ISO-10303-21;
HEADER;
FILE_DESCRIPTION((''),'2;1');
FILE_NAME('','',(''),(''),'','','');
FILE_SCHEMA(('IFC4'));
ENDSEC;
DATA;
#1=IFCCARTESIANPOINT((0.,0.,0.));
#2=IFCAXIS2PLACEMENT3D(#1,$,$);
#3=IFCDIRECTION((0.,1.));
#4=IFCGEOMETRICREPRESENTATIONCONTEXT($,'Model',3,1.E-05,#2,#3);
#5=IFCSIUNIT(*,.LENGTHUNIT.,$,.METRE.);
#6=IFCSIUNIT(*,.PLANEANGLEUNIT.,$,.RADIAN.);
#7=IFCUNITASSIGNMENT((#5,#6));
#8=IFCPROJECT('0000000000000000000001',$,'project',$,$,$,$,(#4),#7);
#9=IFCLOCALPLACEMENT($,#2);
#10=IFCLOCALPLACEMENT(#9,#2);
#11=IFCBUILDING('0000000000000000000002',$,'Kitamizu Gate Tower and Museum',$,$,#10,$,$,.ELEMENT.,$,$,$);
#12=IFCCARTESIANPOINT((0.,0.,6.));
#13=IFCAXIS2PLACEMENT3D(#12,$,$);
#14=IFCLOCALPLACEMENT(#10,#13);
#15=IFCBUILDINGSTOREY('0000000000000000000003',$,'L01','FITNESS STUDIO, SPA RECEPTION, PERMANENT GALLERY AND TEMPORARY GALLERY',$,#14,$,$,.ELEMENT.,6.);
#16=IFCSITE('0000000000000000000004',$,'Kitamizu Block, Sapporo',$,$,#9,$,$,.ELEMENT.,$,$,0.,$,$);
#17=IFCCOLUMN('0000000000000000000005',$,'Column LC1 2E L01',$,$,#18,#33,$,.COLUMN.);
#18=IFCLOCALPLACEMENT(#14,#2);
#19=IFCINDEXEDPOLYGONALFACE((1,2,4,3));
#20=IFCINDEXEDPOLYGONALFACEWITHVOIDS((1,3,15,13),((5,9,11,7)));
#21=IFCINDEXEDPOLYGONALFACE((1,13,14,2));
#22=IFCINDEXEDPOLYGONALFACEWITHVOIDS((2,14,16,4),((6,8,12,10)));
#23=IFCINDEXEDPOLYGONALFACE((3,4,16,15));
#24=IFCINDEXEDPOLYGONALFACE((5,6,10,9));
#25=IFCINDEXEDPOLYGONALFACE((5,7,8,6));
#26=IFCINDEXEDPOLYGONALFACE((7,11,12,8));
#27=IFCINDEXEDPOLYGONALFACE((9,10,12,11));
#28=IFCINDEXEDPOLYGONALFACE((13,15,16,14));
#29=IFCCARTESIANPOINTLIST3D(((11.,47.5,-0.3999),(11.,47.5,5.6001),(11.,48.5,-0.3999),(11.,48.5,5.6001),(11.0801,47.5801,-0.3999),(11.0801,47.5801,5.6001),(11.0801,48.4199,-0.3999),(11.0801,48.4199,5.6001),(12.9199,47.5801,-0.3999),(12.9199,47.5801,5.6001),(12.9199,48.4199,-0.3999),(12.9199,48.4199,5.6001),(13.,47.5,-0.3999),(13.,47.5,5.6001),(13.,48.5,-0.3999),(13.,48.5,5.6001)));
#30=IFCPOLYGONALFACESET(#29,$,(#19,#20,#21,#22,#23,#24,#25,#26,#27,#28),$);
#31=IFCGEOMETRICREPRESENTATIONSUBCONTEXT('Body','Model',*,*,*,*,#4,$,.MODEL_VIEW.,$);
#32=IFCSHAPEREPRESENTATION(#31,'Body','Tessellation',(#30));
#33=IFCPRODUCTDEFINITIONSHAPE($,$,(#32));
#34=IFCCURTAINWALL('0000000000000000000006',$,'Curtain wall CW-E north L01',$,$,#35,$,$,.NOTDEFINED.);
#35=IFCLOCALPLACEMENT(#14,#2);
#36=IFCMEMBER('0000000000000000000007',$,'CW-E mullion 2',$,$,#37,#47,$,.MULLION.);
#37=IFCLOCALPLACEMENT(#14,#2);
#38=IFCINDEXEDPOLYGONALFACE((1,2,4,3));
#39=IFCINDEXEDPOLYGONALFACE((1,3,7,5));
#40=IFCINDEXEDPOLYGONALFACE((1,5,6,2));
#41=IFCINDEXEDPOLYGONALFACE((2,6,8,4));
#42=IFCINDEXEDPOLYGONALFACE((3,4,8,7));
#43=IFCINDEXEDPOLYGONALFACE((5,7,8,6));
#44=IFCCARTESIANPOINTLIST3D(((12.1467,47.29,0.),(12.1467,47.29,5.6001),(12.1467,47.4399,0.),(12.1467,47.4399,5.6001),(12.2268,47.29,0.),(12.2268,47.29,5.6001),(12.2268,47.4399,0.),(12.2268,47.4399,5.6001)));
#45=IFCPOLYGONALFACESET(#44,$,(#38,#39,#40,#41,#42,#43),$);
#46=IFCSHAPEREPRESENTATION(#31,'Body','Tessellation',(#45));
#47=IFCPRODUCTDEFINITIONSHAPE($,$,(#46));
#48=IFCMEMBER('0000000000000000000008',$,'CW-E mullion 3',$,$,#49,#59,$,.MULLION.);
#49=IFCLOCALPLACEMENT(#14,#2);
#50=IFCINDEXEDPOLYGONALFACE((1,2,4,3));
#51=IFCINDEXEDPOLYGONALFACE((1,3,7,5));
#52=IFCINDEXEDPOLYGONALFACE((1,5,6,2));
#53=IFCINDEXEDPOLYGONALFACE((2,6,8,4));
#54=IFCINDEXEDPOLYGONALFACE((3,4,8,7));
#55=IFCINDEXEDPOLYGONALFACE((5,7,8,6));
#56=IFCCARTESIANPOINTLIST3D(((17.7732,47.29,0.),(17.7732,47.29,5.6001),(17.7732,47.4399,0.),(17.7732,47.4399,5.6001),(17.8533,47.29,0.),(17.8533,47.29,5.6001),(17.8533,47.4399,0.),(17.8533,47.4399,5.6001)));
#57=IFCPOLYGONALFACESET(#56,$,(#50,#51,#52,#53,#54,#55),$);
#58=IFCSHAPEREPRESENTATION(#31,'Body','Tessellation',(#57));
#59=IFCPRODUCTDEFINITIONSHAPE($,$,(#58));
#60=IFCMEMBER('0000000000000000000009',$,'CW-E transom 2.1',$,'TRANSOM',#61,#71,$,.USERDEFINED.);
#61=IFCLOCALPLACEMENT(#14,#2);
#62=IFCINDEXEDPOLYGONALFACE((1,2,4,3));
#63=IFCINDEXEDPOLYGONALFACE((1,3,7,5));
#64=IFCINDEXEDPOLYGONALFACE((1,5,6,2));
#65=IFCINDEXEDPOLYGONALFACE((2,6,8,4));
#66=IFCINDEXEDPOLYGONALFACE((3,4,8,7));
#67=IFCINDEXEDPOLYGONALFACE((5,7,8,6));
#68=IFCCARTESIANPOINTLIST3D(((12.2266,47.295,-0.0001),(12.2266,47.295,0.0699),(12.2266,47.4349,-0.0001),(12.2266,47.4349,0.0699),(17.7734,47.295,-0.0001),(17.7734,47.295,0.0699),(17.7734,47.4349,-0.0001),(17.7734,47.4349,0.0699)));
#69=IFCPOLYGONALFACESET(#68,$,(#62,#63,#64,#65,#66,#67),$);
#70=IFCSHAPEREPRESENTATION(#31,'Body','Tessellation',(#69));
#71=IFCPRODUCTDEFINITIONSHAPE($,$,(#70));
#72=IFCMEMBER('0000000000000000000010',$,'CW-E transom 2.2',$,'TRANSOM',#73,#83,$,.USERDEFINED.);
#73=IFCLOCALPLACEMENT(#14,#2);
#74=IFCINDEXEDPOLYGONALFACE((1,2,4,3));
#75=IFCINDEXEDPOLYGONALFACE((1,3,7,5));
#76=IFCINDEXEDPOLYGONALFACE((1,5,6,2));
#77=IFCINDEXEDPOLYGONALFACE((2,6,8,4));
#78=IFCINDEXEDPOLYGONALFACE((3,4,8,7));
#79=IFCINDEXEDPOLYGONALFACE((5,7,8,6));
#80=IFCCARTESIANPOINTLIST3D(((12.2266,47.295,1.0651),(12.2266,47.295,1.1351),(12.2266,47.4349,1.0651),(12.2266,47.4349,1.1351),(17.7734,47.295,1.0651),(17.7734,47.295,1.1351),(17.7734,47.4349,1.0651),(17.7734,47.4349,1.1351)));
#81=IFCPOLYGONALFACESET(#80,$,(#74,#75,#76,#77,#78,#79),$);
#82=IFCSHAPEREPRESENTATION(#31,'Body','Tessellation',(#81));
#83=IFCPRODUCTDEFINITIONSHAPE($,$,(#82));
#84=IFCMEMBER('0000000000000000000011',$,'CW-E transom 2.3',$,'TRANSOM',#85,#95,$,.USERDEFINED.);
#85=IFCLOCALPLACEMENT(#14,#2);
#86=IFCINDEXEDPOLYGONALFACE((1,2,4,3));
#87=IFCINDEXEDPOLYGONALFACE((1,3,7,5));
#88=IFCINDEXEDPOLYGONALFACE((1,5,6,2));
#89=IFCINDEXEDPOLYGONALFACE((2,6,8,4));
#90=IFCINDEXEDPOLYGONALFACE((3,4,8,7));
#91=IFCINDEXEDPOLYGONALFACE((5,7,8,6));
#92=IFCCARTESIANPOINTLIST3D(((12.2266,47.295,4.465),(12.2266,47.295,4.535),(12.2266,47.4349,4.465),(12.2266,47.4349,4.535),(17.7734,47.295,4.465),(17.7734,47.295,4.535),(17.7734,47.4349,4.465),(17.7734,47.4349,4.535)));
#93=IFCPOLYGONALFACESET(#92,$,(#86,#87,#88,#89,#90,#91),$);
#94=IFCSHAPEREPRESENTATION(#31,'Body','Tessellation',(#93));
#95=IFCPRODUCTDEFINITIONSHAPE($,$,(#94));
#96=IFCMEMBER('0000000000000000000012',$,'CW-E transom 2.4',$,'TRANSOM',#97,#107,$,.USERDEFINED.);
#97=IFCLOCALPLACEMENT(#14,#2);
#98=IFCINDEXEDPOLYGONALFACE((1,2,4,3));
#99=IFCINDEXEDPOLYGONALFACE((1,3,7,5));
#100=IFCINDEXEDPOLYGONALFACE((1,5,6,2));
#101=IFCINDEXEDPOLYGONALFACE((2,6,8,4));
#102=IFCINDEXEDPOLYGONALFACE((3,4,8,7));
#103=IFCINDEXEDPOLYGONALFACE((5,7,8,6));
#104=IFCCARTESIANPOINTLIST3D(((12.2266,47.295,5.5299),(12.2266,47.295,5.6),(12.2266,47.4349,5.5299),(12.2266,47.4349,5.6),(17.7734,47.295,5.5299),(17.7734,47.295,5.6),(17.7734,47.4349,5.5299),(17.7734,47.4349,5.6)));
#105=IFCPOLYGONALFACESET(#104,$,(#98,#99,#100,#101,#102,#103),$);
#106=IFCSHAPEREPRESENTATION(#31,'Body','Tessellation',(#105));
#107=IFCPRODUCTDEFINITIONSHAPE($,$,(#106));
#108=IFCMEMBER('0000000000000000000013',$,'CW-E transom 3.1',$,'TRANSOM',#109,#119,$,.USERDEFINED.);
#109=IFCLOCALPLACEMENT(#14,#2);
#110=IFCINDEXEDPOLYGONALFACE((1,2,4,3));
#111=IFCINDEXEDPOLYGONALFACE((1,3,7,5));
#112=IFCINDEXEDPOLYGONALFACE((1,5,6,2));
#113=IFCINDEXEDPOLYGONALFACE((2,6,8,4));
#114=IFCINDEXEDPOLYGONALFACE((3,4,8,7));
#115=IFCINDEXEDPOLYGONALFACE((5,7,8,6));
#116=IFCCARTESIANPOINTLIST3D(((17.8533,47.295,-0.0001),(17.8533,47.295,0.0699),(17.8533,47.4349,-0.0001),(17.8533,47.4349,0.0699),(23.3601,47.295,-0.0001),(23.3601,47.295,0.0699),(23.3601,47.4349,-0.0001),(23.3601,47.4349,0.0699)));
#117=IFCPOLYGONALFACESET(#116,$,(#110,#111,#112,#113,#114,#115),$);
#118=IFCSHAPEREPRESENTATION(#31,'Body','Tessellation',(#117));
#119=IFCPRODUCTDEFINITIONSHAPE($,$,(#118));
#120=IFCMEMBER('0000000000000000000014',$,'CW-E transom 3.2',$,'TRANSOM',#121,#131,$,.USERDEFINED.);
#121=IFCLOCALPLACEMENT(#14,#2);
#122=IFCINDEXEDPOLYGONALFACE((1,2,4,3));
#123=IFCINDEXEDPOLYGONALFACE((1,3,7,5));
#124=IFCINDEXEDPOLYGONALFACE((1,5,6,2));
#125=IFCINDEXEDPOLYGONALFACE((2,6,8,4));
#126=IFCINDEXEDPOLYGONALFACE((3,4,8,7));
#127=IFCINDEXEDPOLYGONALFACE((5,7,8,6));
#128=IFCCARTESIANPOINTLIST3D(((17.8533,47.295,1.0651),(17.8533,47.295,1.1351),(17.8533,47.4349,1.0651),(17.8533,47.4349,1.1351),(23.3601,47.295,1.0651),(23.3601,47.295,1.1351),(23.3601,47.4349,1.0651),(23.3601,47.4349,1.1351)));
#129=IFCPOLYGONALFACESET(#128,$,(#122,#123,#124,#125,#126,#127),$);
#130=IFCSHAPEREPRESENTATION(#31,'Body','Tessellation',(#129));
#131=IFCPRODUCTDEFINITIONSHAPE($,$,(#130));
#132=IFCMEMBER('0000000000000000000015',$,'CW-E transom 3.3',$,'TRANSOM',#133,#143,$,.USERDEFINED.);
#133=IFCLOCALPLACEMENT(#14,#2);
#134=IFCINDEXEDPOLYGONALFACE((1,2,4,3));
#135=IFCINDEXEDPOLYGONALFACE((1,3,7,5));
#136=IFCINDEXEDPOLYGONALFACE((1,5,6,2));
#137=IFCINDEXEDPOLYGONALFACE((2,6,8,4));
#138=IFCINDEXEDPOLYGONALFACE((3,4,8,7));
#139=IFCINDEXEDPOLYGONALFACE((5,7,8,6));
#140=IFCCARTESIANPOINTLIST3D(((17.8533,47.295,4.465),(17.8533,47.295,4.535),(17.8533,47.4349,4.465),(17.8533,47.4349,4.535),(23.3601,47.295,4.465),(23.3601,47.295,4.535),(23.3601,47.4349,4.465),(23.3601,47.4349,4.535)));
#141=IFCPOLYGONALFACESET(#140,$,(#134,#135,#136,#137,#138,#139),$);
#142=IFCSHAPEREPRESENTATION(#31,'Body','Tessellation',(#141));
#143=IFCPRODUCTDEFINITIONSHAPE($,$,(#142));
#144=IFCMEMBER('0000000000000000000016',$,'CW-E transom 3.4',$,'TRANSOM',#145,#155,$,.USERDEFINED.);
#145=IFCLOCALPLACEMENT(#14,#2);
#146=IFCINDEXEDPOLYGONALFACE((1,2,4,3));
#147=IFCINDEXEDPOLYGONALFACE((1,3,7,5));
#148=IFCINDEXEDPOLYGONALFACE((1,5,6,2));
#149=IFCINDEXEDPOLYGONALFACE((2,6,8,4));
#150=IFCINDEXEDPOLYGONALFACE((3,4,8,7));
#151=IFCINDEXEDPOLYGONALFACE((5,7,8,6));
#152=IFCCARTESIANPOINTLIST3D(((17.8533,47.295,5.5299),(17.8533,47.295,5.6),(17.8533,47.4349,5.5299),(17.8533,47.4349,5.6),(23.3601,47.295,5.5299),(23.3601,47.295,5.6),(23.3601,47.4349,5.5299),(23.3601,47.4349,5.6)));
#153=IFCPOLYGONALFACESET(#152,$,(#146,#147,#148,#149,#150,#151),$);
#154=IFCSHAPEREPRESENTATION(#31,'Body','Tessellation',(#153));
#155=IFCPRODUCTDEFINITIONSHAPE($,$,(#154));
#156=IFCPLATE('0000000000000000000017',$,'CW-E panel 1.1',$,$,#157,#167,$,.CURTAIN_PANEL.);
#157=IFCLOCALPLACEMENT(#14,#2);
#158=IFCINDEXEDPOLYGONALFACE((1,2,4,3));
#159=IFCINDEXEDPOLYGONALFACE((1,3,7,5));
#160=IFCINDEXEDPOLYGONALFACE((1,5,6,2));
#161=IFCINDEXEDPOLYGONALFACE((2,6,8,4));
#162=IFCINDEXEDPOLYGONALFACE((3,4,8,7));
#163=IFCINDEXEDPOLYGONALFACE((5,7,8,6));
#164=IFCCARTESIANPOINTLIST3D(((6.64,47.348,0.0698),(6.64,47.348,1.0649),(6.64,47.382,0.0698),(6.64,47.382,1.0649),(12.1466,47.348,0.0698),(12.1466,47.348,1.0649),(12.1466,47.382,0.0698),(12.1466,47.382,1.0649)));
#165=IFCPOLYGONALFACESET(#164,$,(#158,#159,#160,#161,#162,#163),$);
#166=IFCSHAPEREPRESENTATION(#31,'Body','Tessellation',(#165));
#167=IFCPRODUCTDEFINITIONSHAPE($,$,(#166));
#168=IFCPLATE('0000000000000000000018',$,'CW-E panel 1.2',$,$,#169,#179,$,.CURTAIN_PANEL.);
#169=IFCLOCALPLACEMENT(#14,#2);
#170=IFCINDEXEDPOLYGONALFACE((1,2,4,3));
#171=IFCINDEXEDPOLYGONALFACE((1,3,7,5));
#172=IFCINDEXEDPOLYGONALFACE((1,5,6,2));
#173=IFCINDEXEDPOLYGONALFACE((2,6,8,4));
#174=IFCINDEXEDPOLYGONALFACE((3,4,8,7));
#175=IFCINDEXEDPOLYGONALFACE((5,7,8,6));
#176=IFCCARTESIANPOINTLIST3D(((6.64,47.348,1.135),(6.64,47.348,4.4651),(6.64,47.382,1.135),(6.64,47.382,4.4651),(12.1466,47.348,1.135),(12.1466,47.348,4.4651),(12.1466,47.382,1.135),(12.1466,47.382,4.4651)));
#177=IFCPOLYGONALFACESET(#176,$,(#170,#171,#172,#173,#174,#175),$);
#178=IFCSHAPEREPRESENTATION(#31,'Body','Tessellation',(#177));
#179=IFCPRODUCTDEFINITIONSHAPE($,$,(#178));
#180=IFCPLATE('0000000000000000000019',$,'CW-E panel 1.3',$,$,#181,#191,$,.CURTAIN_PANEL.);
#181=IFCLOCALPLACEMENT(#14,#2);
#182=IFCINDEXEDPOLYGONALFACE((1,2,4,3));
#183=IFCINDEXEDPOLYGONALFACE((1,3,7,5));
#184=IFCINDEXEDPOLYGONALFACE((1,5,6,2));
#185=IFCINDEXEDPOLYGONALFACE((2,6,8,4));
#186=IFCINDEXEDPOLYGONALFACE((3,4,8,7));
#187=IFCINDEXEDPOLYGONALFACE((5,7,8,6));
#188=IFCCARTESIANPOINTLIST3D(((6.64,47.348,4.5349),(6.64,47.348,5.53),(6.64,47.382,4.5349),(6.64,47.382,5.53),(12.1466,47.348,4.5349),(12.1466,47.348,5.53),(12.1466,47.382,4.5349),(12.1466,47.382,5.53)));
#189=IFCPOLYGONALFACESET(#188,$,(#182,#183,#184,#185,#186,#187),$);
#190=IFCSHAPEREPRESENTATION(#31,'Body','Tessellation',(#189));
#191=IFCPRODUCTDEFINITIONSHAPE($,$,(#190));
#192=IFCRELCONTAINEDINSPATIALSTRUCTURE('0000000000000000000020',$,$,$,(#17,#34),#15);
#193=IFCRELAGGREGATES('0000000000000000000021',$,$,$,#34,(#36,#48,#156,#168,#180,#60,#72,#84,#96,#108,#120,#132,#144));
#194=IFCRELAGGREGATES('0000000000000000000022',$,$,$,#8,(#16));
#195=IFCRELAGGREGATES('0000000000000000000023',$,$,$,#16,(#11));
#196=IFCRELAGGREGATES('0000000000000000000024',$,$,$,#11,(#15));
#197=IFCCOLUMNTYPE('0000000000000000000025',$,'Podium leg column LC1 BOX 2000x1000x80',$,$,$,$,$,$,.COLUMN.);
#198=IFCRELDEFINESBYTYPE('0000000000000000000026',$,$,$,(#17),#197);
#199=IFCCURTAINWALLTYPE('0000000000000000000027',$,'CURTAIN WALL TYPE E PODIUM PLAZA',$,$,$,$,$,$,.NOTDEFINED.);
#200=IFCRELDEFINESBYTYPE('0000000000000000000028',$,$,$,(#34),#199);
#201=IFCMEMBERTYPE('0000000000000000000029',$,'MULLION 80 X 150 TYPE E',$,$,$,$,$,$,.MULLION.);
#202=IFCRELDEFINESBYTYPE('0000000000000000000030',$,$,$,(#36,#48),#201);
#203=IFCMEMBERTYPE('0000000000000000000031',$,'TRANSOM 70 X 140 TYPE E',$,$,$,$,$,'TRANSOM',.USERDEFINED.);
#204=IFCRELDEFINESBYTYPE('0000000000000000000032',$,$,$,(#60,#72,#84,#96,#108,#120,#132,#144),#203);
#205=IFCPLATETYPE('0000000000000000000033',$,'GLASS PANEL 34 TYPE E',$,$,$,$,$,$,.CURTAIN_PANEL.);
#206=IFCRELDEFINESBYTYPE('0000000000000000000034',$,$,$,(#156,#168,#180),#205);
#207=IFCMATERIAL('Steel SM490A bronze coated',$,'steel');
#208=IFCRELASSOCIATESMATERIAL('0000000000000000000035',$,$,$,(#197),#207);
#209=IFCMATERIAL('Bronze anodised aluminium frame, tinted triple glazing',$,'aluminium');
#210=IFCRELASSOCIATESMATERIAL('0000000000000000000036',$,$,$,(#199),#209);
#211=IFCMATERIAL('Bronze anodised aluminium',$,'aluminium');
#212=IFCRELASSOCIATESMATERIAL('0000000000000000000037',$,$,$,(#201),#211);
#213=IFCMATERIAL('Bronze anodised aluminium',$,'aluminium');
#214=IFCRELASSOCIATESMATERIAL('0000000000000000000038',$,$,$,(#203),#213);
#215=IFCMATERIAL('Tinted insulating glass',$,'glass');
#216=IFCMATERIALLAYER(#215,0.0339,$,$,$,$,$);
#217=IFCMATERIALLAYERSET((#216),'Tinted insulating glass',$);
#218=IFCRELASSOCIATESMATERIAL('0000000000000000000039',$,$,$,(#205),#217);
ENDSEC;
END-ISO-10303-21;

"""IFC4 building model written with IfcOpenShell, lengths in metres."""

from ifc_helpers import new_model, si_unit, direction, frame, origin, origin_2d, place, context, subcontext, project, spatial, rectangle, hollow_rectangle, extrude, material, layer, layer_set, material_profile, profile_set, type_object, element, aggregate, save


model = new_model("IFC4")

# Units and contexts
model_context = context("Model", 3, precision=1e-05, world=origin(), true_north=direction((0.0, 1.0)))
body_context = subcontext(model_context, "Body", "Model", "MODEL_VIEW")
ifc_project = project(units=[si_unit("LENGTHUNIT", "METRE"), si_unit("PLANEANGLEUNIT", "RADIAN")], contexts=[model_context])

# Site, building, storey
site_placement = place(None, origin())
site = spatial("IfcSite", under=ifc_project, at=site_placement, Name="Kitamizu Block, Sapporo", CompositionType="ELEMENT", RefElevation=0.0)
building_placement = place(site_placement, origin())
building = spatial("IfcBuilding", under=site, at=building_placement, Name="Kitamizu Gate Tower and Museum", CompositionType="ELEMENT")
storey_placement = place(building_placement, frame((0.0, 0.0, 6.0)))
storey = spatial("IfcBuildingStorey", under=building, at=storey_placement, Name="L01", Description="FITNESS STUDIO, SPA RECEPTION, PERMANENT GALLERY AND TEMPORARY GALLERY", CompositionType="ELEMENT", Elevation=6.0)

# Column
ifc_material_1 = material(Name="Steel SM490A bronze coated", Category="steel")
ifc_material_profile_1 = material_profile(ifc_material_1, hollow_rectangle(XDim=2.0, YDim=1.0, WallThickness=0.0801, at=origin_2d()), Name="BOX 2000x1000x80")
ifc_profile_set_1 = profile_set([ifc_material_profile_1], Name="Steel SM490A bronze coated")
column_type = type_object("IfcColumnType", Name="Podium leg column LC1 BOX 2000x1000x80", PredefinedType="COLUMN", material=ifc_profile_set_1)
column_placement = place(storey_placement, frame((12.0, 48.0, -0.3999), z_axis=(0.0, 0.0, 1.0), x_axis=(1.0, 0.0, 0.0)))
element("IfcColumn", 1, at=column_placement, inside=storey, type_object=column_type, Name="Column LC1 2E L01", PredefinedType="COLUMN", context=body_context, shape_type="SweptSolid", body=[
    extrude(hollow_rectangle(XDim=2.0, YDim=1.0, WallThickness=0.0801, at=origin_2d()), origin(), (0.0, 0.0, 1.0), 6.0),
])

# Curtain wall, members, plates
ifc_material_2 = material(Name="Bronze anodised aluminium frame, tinted triple glazing", Category="aluminium")
curtain_wall_type = type_object("IfcCurtainWallType", Name="CURTAIN WALL TYPE E PODIUM PLAZA", PredefinedType="NOTDEFINED", material=ifc_material_2)
curtain_wall_placement = place(storey_placement, origin())
curtain_wall = element("IfcCurtainWall", 2, at=curtain_wall_placement, inside=storey, type_object=curtain_wall_type, Name="Curtain wall CW-E north L01", PredefinedType="NOTDEFINED")
ifc_material_3 = material(Name="Bronze anodised aluminium", Category="aluminium")
ifc_material_profile_2 = material_profile(ifc_material_3, rectangle(XDim=0.0801, YDim=0.1499, at=origin_2d()), Name="AL 80X150")
ifc_profile_set_2 = profile_set([ifc_material_profile_2], Name="Bronze anodised aluminium")
member_type_1 = type_object("IfcMemberType", Name="MULLION 80 X 150 TYPE E", PredefinedType="MULLION", material=ifc_profile_set_2)
member_1_placement = place(storey_placement, frame((12.1868, 47.365, 0.0), z_axis=(0.0, 0.0, 1.0), x_axis=(1.0, 0.0, 0.0)))
member_1 = element("IfcMember", 3, at=member_1_placement, type_object=member_type_1, Name="CW-E mullion 2", PredefinedType="MULLION", context=body_context, shape_type="SweptSolid", body=[
    extrude(rectangle(XDim=0.0801, YDim=0.1499, at=origin_2d()), origin(), (0.0, 0.0, 1.0), 5.6001),
])
member_2_placement = place(storey_placement, frame((17.8132, 47.365, 0.0), z_axis=(0.0, 0.0, 1.0), x_axis=(1.0, 0.0, 0.0)))
member_2 = element("IfcMember", 4, at=member_2_placement, type_object=member_type_1, Name="CW-E mullion 3", PredefinedType="MULLION", context=body_context, shape_type="SweptSolid", body=[
    extrude(rectangle(XDim=0.0801, YDim=0.1499, at=origin_2d()), origin(), (0.0, 0.0, 1.0), 5.6001),
])
ifc_material_4 = material(Name="Bronze anodised aluminium", Category="aluminium")
ifc_material_profile_3 = material_profile(ifc_material_4, rectangle(XDim=0.1399, YDim=0.0701, at=origin_2d()), Name="AL 70X140")
ifc_profile_set_3 = profile_set([ifc_material_profile_3], Name="Bronze anodised aluminium")
member_type_2 = type_object("IfcMemberType", Name="TRANSOM 70 X 140 TYPE E", ElementType="TRANSOM", PredefinedType="USERDEFINED", material=ifc_profile_set_3)
member_3_placement = place(storey_placement, frame((12.2266, 47.365, 0.0349), z_axis=(1.0, 0.0, 0.0), x_axis=(0.0, 1.0, 0.0)))
member_3 = element("IfcMember", 5, at=member_3_placement, type_object=member_type_2, Name="CW-E transom 2.1", ObjectType="TRANSOM", PredefinedType="USERDEFINED", context=body_context, shape_type="SweptSolid", body=[
    extrude(rectangle(XDim=0.1399, YDim=0.0701, at=origin_2d()), origin(), (0.0, 0.0, 1.0), 5.5469),
])
member_4_placement = place(storey_placement, frame((12.2266, 47.365, 1.1001), z_axis=(1.0, 0.0, 0.0), x_axis=(0.0, 1.0, 0.0)))
member_4 = element("IfcMember", 6, at=member_4_placement, type_object=member_type_2, Name="CW-E transom 2.2", ObjectType="TRANSOM", PredefinedType="USERDEFINED", context=body_context, shape_type="SweptSolid", body=[
    extrude(rectangle(XDim=0.1399, YDim=0.0701, at=origin_2d()), origin(), (0.0, 0.0, 1.0), 5.5469),
])
member_5_placement = place(storey_placement, frame((12.2266, 47.365, 4.5), z_axis=(1.0, 0.0, 0.0), x_axis=(0.0, 1.0, 0.0)))
member_5 = element("IfcMember", 7, at=member_5_placement, type_object=member_type_2, Name="CW-E transom 2.3", ObjectType="TRANSOM", PredefinedType="USERDEFINED", context=body_context, shape_type="SweptSolid", body=[
    extrude(rectangle(XDim=0.1399, YDim=0.0701, at=origin_2d()), origin(), (0.0, 0.0, 1.0), 5.5469),
])
member_6_placement = place(storey_placement, frame((12.2266, 47.365, 5.5649), z_axis=(1.0, 0.0, 0.0), x_axis=(0.0, 1.0, 0.0)))
member_6 = element("IfcMember", 8, at=member_6_placement, type_object=member_type_2, Name="CW-E transom 2.4", ObjectType="TRANSOM", PredefinedType="USERDEFINED", context=body_context, shape_type="SweptSolid", body=[
    extrude(rectangle(XDim=0.1399, YDim=0.0701, at=origin_2d()), origin(), (0.0, 0.0, 1.0), 5.5469),
])
member_7_placement = place(storey_placement, frame((17.8533, 47.365, 0.0349), z_axis=(1.0, 0.0, 0.0), x_axis=(0.0, 1.0, 0.0)))
member_7 = element("IfcMember", 9, at=member_7_placement, type_object=member_type_2, Name="CW-E transom 3.1", ObjectType="TRANSOM", PredefinedType="USERDEFINED", context=body_context, shape_type="SweptSolid", body=[
    extrude(rectangle(XDim=0.1399, YDim=0.0701, at=origin_2d()), origin(), (0.0, 0.0, 1.0), 5.5068),
])
member_8_placement = place(storey_placement, frame((17.8533, 47.365, 1.1001), z_axis=(1.0, 0.0, 0.0), x_axis=(0.0, 1.0, 0.0)))
member_8 = element("IfcMember", 10, at=member_8_placement, type_object=member_type_2, Name="CW-E transom 3.2", ObjectType="TRANSOM", PredefinedType="USERDEFINED", context=body_context, shape_type="SweptSolid", body=[
    extrude(rectangle(XDim=0.1399, YDim=0.0701, at=origin_2d()), origin(), (0.0, 0.0, 1.0), 5.5068),
])
member_9_placement = place(storey_placement, frame((17.8533, 47.365, 4.5), z_axis=(1.0, 0.0, 0.0), x_axis=(0.0, 1.0, 0.0)))
member_9 = element("IfcMember", 11, at=member_9_placement, type_object=member_type_2, Name="CW-E transom 3.3", ObjectType="TRANSOM", PredefinedType="USERDEFINED", context=body_context, shape_type="SweptSolid", body=[
    extrude(rectangle(XDim=0.1399, YDim=0.0701, at=origin_2d()), origin(), (0.0, 0.0, 1.0), 5.5068),
])
member_10_placement = place(storey_placement, frame((17.8533, 47.365, 5.5649), z_axis=(1.0, 0.0, 0.0), x_axis=(0.0, 1.0, 0.0)))
member_10 = element("IfcMember", 12, at=member_10_placement, type_object=member_type_2, Name="CW-E transom 3.4", ObjectType="TRANSOM", PredefinedType="USERDEFINED", context=body_context, shape_type="SweptSolid", body=[
    extrude(rectangle(XDim=0.1399, YDim=0.0701, at=origin_2d()), origin(), (0.0, 0.0, 1.0), 5.5068),
])
ifc_material_5 = material(Name="Tinted insulating glass", Category="glass")
ifc_layer_1 = layer(ifc_material_5, 0.0339)
ifc_layer_set_1 = layer_set([ifc_layer_1], Name="Tinted insulating glass")
plate_type = type_object("IfcPlateType", Name="GLASS PANEL 34 TYPE E", PredefinedType="CURTAIN_PANEL", material=ifc_layer_set_1)
plate_1_placement = place(storey_placement, frame((9.3933, 47.365, 0.0698), z_axis=(0.0, 0.0, 1.0), x_axis=(1.0, 0.0, 0.0)))
plate_1 = element("IfcPlate", 13, at=plate_1_placement, type_object=plate_type, Name="CW-E panel 1.1", PredefinedType="CURTAIN_PANEL", context=body_context, shape_type="SweptSolid", body=[
    extrude(rectangle(XDim=5.5066, YDim=0.0339, at=origin_2d()), origin(), (0.0, 0.0, 1.0), 0.9951),
])
plate_2_placement = place(storey_placement, frame((9.3933, 47.365, 1.135), z_axis=(0.0, 0.0, 1.0), x_axis=(1.0, 0.0, 0.0)))
plate_2 = element("IfcPlate", 14, at=plate_2_placement, type_object=plate_type, Name="CW-E panel 1.2", PredefinedType="CURTAIN_PANEL", context=body_context, shape_type="SweptSolid", body=[
    extrude(rectangle(XDim=5.5066, YDim=0.0339, at=origin_2d()), origin(), (0.0, 0.0, 1.0), 3.3301),
])
plate_3_placement = place(storey_placement, frame((9.3933, 47.365, 4.5349), z_axis=(0.0, 0.0, 1.0), x_axis=(1.0, 0.0, 0.0)))
plate_3 = element("IfcPlate", 15, at=plate_3_placement, type_object=plate_type, Name="CW-E panel 1.3", PredefinedType="CURTAIN_PANEL", context=body_context, shape_type="SweptSolid", body=[
    extrude(rectangle(XDim=5.5066, YDim=0.0339, at=origin_2d()), origin(), (0.0, 0.0, 1.0), 0.9951),
])
aggregate(curtain_wall, [member_1, member_2, plate_1, plate_2, plate_3, member_3, member_4, member_5, member_6, member_7, member_8, member_9, member_10])

save(model, "model.ifc")
